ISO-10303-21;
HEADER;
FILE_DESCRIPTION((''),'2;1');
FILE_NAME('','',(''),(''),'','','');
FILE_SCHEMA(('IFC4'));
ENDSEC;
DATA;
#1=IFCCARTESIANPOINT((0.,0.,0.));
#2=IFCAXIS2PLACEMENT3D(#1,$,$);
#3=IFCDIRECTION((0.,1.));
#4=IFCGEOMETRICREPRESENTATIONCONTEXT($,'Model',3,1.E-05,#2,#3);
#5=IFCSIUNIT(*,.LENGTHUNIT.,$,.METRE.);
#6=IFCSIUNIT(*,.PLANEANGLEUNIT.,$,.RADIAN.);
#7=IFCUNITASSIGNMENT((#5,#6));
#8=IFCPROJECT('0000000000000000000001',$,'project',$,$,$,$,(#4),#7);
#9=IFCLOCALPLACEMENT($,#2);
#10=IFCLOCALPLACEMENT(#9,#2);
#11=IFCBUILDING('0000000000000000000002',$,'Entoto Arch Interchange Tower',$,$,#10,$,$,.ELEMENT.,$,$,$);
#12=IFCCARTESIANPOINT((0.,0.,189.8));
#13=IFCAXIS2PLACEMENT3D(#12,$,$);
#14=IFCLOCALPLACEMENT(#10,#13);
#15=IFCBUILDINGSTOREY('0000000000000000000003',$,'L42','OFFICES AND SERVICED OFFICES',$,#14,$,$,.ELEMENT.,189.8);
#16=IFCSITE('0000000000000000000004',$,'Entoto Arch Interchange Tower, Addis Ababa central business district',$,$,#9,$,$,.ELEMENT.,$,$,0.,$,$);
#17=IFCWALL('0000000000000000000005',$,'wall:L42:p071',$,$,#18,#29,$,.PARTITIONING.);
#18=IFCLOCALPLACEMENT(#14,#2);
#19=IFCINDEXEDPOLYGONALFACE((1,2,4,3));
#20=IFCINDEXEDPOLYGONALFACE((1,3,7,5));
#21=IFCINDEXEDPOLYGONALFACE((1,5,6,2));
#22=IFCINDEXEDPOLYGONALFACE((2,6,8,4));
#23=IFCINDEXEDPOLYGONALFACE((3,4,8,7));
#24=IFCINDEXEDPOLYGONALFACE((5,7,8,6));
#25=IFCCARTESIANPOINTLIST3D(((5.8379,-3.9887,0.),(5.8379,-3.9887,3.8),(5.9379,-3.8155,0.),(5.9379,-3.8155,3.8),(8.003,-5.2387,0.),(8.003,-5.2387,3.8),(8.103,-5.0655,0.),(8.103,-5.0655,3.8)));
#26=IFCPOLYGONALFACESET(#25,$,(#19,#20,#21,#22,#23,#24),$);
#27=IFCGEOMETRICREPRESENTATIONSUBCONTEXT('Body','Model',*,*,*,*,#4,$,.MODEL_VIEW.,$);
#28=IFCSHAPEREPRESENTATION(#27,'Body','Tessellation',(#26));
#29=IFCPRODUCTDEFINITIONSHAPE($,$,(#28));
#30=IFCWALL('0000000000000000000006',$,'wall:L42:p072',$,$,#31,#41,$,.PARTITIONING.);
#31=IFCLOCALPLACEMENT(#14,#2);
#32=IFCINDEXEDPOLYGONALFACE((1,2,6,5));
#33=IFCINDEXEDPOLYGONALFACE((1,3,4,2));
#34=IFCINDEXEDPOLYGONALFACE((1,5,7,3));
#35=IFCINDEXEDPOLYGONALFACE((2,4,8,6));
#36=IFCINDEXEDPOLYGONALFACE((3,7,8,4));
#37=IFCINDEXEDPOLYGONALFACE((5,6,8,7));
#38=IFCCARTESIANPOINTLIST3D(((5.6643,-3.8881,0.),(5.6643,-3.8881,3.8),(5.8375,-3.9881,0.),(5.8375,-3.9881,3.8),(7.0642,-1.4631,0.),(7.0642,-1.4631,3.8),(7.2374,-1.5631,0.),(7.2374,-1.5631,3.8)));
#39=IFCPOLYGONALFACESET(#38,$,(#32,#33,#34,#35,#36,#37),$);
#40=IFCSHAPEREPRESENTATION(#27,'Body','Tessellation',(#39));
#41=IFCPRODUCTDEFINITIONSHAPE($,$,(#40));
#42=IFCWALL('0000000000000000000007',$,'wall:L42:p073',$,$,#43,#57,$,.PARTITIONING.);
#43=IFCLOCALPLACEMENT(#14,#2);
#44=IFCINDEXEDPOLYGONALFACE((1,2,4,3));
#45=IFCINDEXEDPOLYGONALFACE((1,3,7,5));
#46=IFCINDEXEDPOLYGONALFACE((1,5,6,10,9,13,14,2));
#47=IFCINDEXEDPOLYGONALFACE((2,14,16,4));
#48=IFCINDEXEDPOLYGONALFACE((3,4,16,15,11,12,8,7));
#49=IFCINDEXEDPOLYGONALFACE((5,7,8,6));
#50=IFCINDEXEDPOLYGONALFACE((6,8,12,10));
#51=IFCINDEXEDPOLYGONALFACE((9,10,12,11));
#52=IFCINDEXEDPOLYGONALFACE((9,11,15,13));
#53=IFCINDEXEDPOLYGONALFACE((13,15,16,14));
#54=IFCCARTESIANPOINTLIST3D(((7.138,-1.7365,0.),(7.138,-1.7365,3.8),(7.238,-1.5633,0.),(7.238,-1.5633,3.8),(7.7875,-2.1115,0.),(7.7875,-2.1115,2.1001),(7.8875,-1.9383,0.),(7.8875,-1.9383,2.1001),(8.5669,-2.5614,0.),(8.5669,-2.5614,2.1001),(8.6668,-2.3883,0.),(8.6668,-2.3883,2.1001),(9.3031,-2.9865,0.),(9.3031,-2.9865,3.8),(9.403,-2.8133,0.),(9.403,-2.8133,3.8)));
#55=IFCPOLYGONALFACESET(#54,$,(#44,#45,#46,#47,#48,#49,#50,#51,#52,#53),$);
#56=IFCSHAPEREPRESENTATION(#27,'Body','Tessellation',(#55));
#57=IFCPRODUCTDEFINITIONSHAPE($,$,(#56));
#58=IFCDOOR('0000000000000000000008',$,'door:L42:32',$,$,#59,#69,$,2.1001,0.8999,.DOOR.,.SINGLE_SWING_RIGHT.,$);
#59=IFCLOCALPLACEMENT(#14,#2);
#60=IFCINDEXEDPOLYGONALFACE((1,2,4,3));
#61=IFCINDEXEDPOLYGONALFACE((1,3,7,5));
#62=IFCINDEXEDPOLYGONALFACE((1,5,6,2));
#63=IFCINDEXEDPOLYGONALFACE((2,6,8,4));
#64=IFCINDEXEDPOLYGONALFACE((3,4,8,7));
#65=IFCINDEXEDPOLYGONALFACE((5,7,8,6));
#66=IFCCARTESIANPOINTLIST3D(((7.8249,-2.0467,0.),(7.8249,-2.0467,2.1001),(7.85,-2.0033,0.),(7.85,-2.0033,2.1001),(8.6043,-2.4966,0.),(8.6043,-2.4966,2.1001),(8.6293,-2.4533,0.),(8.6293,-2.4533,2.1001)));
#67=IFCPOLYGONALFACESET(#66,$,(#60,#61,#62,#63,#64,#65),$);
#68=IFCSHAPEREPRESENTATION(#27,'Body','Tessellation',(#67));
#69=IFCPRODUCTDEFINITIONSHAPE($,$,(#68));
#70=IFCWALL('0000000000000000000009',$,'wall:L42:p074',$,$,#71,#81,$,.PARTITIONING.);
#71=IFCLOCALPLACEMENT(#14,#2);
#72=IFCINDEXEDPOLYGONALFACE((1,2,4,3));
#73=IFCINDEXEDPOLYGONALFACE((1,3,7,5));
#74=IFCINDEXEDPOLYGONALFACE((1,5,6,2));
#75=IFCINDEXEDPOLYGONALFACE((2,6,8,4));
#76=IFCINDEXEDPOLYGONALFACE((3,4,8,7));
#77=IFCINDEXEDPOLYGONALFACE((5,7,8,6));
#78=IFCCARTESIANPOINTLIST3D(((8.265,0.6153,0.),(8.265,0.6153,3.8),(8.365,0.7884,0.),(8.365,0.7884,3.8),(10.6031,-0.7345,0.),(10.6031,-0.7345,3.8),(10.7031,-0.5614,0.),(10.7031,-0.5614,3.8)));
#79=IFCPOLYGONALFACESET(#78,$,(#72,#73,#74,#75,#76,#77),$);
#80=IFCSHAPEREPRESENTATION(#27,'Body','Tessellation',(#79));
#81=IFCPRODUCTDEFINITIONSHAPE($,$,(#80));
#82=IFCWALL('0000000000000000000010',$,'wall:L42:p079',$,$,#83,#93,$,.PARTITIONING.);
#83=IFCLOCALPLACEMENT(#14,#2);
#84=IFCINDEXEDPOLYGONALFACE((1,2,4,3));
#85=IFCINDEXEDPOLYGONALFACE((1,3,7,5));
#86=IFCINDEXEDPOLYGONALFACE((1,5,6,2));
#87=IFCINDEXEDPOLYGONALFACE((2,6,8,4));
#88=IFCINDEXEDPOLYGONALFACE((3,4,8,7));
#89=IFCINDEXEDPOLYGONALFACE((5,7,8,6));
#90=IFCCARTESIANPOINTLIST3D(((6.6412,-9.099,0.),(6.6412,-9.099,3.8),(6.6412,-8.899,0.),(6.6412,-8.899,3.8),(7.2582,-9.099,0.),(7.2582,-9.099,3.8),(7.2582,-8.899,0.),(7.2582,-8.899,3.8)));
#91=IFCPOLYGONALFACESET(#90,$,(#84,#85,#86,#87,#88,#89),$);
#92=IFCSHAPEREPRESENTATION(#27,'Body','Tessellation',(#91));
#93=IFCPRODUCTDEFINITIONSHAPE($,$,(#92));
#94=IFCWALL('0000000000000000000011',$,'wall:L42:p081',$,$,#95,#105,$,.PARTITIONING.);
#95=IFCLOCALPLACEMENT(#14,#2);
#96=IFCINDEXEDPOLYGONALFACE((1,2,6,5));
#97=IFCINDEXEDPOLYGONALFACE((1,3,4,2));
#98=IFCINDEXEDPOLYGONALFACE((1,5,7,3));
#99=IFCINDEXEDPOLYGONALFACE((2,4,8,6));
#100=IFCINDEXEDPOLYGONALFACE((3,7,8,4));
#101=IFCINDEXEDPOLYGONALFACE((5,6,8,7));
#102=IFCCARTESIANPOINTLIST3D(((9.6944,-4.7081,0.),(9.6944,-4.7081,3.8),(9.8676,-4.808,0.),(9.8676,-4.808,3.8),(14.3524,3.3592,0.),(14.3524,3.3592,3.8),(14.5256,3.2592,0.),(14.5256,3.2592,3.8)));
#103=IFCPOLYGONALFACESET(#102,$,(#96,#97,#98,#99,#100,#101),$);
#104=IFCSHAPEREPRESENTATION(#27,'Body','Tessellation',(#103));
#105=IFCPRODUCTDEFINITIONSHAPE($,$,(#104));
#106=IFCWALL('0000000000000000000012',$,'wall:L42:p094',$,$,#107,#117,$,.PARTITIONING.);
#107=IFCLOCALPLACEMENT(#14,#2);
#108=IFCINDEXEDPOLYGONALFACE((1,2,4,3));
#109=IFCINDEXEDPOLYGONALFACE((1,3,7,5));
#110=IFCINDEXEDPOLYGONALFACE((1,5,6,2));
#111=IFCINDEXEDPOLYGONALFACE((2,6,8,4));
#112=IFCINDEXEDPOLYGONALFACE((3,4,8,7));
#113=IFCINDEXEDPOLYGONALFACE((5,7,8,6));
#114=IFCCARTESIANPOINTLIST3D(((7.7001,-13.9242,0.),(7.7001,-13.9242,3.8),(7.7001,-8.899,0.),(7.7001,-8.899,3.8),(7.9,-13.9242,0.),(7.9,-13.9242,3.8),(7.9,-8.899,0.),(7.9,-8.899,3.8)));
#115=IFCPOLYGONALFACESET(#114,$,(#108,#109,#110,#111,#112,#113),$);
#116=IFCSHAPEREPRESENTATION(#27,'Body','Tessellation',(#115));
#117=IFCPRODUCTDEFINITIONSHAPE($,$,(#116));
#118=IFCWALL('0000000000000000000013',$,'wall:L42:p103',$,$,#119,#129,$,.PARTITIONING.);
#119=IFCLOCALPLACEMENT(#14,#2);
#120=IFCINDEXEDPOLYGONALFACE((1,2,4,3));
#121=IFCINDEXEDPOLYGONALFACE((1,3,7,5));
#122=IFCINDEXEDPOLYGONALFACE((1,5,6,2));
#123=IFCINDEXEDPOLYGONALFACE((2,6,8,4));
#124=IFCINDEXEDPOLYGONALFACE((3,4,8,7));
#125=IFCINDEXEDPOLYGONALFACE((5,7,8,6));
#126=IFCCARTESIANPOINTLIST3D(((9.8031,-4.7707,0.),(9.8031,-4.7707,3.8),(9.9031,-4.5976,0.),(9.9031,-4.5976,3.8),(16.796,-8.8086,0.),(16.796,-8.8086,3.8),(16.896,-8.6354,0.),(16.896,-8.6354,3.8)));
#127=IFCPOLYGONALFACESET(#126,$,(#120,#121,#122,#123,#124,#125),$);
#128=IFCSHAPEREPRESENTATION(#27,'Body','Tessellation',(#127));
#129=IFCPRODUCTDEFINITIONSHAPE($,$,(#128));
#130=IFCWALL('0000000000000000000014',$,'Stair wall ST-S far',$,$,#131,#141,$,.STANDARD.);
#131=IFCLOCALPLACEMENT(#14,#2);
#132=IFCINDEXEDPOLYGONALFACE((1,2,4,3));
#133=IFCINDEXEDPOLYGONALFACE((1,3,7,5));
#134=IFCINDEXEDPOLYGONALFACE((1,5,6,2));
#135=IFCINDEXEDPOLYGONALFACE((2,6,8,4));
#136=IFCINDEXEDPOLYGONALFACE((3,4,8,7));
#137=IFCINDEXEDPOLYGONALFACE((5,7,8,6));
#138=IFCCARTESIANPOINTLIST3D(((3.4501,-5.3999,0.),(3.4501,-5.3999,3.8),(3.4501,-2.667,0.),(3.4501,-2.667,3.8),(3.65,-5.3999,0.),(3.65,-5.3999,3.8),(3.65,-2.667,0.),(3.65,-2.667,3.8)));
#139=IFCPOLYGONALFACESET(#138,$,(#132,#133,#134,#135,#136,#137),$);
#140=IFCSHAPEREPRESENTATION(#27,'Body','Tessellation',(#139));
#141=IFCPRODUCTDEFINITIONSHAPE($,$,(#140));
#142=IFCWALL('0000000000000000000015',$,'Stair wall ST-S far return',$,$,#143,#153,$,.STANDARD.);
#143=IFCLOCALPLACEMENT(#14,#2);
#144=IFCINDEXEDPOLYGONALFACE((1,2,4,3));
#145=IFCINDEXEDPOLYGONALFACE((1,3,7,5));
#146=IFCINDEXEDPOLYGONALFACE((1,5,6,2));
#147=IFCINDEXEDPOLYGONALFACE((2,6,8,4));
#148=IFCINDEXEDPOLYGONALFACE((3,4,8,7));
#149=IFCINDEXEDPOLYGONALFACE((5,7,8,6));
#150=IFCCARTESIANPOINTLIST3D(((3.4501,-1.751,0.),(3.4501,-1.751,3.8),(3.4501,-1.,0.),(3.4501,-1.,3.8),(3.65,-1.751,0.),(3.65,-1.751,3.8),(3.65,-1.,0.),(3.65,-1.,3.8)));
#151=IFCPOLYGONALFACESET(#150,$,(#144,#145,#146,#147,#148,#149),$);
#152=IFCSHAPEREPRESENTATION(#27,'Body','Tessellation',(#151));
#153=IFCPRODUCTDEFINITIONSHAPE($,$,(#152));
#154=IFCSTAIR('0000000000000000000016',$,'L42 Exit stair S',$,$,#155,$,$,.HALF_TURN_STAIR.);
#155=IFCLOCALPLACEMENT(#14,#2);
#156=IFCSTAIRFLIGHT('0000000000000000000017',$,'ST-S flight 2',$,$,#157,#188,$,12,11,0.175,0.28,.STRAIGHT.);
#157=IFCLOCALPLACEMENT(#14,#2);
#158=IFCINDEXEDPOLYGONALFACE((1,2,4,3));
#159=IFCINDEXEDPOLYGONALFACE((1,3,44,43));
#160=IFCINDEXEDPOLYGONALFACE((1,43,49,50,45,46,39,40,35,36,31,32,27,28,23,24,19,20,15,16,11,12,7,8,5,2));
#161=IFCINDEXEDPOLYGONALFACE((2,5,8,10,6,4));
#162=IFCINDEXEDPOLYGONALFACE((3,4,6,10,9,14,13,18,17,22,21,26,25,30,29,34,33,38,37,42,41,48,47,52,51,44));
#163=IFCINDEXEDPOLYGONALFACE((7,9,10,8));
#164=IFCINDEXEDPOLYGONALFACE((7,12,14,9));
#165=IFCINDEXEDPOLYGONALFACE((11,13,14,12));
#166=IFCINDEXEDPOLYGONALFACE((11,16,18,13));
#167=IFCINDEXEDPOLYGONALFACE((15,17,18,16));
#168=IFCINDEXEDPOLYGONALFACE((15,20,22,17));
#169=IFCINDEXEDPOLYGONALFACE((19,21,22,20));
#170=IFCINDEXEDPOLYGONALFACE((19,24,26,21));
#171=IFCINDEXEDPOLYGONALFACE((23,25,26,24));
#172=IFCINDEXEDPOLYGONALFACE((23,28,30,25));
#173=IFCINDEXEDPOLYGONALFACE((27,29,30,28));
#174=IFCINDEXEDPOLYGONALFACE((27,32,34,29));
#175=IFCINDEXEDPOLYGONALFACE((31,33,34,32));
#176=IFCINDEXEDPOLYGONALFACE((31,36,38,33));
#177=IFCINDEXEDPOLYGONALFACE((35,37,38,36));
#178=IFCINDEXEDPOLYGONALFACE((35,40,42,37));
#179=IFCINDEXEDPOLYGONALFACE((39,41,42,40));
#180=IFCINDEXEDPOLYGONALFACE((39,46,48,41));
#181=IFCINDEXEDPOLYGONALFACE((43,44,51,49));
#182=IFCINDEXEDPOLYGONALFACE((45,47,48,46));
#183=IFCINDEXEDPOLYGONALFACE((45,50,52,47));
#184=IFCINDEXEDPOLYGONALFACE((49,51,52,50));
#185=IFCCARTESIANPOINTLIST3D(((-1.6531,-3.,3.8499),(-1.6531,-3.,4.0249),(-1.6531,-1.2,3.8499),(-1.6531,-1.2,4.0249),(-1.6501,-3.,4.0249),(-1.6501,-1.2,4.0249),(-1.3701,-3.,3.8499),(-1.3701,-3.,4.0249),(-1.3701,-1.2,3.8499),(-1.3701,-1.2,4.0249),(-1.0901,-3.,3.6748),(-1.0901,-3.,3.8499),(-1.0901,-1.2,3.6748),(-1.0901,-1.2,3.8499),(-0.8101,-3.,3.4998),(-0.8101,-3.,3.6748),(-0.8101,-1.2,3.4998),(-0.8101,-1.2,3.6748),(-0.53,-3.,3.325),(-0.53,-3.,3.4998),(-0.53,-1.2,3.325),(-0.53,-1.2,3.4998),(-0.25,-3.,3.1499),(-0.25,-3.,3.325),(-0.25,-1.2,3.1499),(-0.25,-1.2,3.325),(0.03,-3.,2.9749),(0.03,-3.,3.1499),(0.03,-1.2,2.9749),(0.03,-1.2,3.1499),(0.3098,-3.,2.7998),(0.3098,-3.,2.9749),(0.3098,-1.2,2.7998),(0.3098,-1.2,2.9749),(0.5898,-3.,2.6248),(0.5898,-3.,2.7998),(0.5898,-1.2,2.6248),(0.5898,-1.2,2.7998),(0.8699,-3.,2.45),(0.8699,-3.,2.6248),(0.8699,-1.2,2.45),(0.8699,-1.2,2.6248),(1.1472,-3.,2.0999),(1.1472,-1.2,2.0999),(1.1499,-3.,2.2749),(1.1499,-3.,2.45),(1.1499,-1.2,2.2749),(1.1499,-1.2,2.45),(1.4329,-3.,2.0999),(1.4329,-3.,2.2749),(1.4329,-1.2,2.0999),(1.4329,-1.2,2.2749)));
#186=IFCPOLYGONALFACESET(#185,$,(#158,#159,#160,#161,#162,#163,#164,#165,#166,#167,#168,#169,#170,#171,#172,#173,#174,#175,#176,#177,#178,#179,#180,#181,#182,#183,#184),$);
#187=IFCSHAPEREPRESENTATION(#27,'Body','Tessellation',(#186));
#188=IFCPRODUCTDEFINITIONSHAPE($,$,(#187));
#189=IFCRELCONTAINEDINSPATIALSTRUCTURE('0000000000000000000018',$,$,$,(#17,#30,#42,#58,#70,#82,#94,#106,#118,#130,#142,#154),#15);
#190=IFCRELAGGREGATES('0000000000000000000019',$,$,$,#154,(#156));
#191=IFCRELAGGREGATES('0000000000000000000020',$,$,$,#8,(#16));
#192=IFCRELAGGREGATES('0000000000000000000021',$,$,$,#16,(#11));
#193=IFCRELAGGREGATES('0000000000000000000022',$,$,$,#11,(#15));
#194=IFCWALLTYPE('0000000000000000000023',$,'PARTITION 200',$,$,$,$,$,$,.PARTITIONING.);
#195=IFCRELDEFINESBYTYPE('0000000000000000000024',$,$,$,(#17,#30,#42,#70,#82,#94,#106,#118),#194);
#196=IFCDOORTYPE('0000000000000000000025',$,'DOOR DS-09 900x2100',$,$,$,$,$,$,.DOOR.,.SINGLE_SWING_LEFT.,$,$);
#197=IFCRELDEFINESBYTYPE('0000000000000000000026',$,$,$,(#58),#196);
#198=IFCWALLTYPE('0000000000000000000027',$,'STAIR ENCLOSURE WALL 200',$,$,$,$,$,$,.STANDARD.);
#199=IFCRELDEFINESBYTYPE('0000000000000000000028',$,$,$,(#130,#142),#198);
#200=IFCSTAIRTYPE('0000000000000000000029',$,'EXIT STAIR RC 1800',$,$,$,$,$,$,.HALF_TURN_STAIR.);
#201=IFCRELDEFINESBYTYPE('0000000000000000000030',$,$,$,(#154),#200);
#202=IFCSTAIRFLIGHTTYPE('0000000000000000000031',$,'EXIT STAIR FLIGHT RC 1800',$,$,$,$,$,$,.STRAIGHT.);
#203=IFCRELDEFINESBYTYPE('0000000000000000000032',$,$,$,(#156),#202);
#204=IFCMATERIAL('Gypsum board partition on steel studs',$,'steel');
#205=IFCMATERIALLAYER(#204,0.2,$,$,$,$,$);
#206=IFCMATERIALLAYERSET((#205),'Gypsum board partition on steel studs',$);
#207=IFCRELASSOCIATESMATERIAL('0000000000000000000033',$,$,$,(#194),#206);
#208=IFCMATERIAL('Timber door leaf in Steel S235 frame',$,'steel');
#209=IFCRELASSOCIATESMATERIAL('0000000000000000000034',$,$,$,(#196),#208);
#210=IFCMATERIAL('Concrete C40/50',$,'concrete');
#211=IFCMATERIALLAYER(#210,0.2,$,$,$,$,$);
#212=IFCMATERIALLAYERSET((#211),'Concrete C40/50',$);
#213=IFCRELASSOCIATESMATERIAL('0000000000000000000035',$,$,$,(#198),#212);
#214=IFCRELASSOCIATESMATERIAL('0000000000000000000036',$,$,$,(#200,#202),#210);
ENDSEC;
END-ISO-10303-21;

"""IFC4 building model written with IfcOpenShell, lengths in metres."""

from ifc_helpers import new_model, si_unit, direction, frame, frame_2d, origin, place, context, subcontext, project, spatial, polyline, rectangle, outline, extrude, material, layer, layer_set, type_object, element, fill, aggregate, save


model = new_model("IFC4")

# Units and contexts
model_context = context("Model", 3, precision=1e-05, world=origin(), true_north=direction((0.0, 1.0)))
body_context = subcontext(model_context, "Body", "Model", "MODEL_VIEW")
ifc_project = project(units=[si_unit("LENGTHUNIT", "METRE"), si_unit("PLANEANGLEUNIT", "RADIAN")], contexts=[model_context])

# Site, building, storey
site_placement = place(None, origin())
site = spatial("IfcSite", under=ifc_project, at=site_placement, Name="Entoto Arch Interchange Tower, Addis Ababa central business district", CompositionType="ELEMENT", RefElevation=0.0)
building_placement = place(site_placement, origin())
building = spatial("IfcBuilding", under=site, at=building_placement, Name="Entoto Arch Interchange Tower", CompositionType="ELEMENT")
storey_placement = place(building_placement, frame((0.0, 0.0, 189.8)))
storey = spatial("IfcBuildingStorey", under=building, at=storey_placement, Name="L42", Description="OFFICES AND SERVICED OFFICES", CompositionType="ELEMENT", Elevation=189.8)

# Shared definitions
ifc_material_1 = material(Name="Concrete C40/50", Category="concrete")

# Walls
ifc_material_2 = material(Name="Gypsum board partition on steel studs", Category="steel")
ifc_layer_1 = layer(ifc_material_2, 0.2)
ifc_layer_set_1 = layer_set([ifc_layer_1], Name="Gypsum board partition on steel studs")
wall_type_1 = type_object("IfcWallType", Name="PARTITION 200", PredefinedType="PARTITIONING", material=ifc_layer_set_1)
wall_1_placement = place(storey_placement, frame((8.053, -5.1521, 0.0), z_axis=(0.0, 0.0, 1.0), x_axis=(-0.866023, 0.500004, 0.0)))
element("IfcWall", 1, at=wall_1_placement, inside=storey, type_object=wall_type_1, Name="wall:L42:p071", PredefinedType="PARTITIONING", context=body_context, shape_type="SweptSolid", body=[
    extrude(rectangle(XDim=2.5, YDim=0.2, at=frame_2d((1.25, 0.0))), origin(), (0.0, 0.0, 1.0), 3.8),
])
wall_2_placement = place(storey_placement, frame((5.751, -3.938, 0.0), z_axis=(0.0, 0.0, 1.0), x_axis=(0.499946, 0.866056, 0.0)))
element("IfcWall", 2, at=wall_2_placement, inside=storey, type_object=wall_type_1, Name="wall:L42:p072", PredefinedType="PARTITIONING", context=body_context, shape_type="SweptSolid", body=[
    extrude(rectangle(XDim=2.8, YDim=0.2, at=frame_2d((1.3999, 0.0))), origin(), (0.0, 0.0, 1.0), 3.8),
])

# Wall, opening, door
wall_3_placement = place(storey_placement, frame((7.188, -1.6499, 0.0), z_axis=(0.0, 0.0, 1.0), x_axis=(0.866023, -0.500004, 0.0)))
wall_3 = element("IfcWall", 3, at=wall_3_placement, inside=storey, type_object=wall_type_1, Name="wall:L42:p073", PredefinedType="PARTITIONING", context=body_context, shape_type="SweptSolid", body=[
    extrude(rectangle(XDim=2.5, YDim=0.2, at=frame_2d((1.25, 0.0))), origin(), (0.0, 0.0, 1.0), 3.8),
])
opening_1_placement = place(wall_3_placement, frame((0.75, 0.0, 0.0)))
opening_1 = element("IfcOpeningElement", 4, at=opening_1_placement, cuts=wall_3, PredefinedType="OPENING", context=body_context, shape_type="SweptSolid", body=[
    extrude(rectangle(XDim=0.8999, YDim=2.1001, at=frame_2d((0.45, 1.05))), frame((0.0, 0.1099, 0.0), z_axis=(0.0, -1.0, 0.0), x_axis=(1.0, 0.0, 0.0)), (0.0, 0.0, 1.0), 0.22),
])
ifc_material_3 = material(Name="Timber door leaf in Steel S235 frame", Category="steel")
door_type_1 = type_object("IfcDoorType", Name="DOOR DS-09 900x2100", OperationType="SINGLE_SWING_LEFT", PredefinedType="DOOR", material=ifc_material_3)
door_1_placement = place(opening_1_placement, origin())
door_1 = element("IfcDoor", 5, at=door_1_placement, inside=storey, type_object=door_type_1, Name="door:L42:32", OperationType="SINGLE_SWING_RIGHT", OverallHeight=2.1001, OverallWidth=0.8999, PredefinedType="DOOR", context=body_context, shape_type="SweptSolid", body=[
    extrude(rectangle(XDim=0.8999, YDim=2.1001, at=frame_2d((0.45, 1.05))), frame((0.0, 0.0249, 0.0), z_axis=(0.0, -1.0, 0.0), x_axis=(1.0, 0.0, 0.0)), (0.0, 0.0, 1.0), 0.05),
])
fill(opening_1, door_1)

# Walls
wall_4_placement = place(storey_placement, frame((10.6531, -0.6479, 0.0), z_axis=(0.0, 0.0, 1.0), x_axis=(-0.866037, 0.499981, 0.0)))
element("IfcWall", 6, at=wall_4_placement, inside=storey, type_object=wall_type_1, Name="wall:L42:p074", PredefinedType="PARTITIONING", context=body_context, shape_type="SweptSolid", body=[
    extrude(rectangle(XDim=2.6997, YDim=0.2, at=frame_2d((1.3499, 0.0))), origin(), (0.0, 0.0, 1.0), 3.8),
])
wall_5_placement = place(storey_placement, frame((6.6411, -8.999, 0.0), z_axis=(0.0, 0.0, 1.0), x_axis=(1.0, 0.0, 0.0)))
element("IfcWall", 7, at=wall_5_placement, inside=storey, type_object=wall_type_1, Name="wall:L42:p079", PredefinedType="PARTITIONING", context=body_context, shape_type="SweptSolid", body=[
    extrude(rectangle(XDim=0.6169, YDim=0.2, at=frame_2d((0.3086, 0.0))), origin(), (0.0, 0.0, 1.0), 3.8),
])
wall_6_placement = place(storey_placement, frame((9.781, -4.7581, 0.0), z_axis=(0.0, 0.0, 1.0), x_axis=(0.500032, 0.866007, 0.0)))
element("IfcWall", 8, at=wall_6_placement, inside=storey, type_object=wall_type_1, Name="wall:L42:p081", PredefinedType="PARTITIONING", context=body_context, shape_type="SweptSolid", body=[
    extrude(rectangle(XDim=9.3154, YDim=0.2, at=frame_2d((4.6577, 0.0))), origin(), (0.0, 0.0, 1.0), 3.8),
])
wall_7_placement = place(storey_placement, frame((7.8, -8.8989, 0.0), z_axis=(0.0, 0.0, 1.0), x_axis=(0.0, -1.0, 0.0)))
element("IfcWall", 9, at=wall_7_placement, inside=storey, type_object=wall_type_1, Name="wall:L42:p094", PredefinedType="PARTITIONING", context=body_context, shape_type="SweptSolid", body=[
    extrude(rectangle(XDim=5.0251, YDim=0.2, at=frame_2d((2.5127, 0.0))), origin(), (0.0, 0.0, 1.0), 3.8),
])
wall_8_placement = place(storey_placement, frame((9.853, -4.6841, 0.0), z_axis=(0.0, 0.0, 1.0), x_axis=(0.866, -0.500044, 0.0)))
element("IfcWall", 10, at=wall_8_placement, inside=storey, type_object=wall_type_1, Name="wall:L42:p103", PredefinedType="PARTITIONING", context=body_context, shape_type="SweptSolid", body=[
    extrude(rectangle(XDim=8.075, YDim=0.2, at=frame_2d((4.0376, 0.0))), origin(), (0.0, 0.0, 1.0), 3.8),
])
ifc_layer_2 = layer(ifc_material_1, 0.2)
ifc_layer_set_2 = layer_set([ifc_layer_2], Name="Concrete C40/50")
wall_type_2 = type_object("IfcWallType", Name="STAIR ENCLOSURE WALL 200", PredefinedType="STANDARD", material=ifc_layer_set_2)
wall_9_placement = place(storey_placement, frame((3.55, -2.667, 0.0), z_axis=(0.0, 0.0, 1.0), x_axis=(0.0, -1.0, 0.0)))
element("IfcWall", 11, at=wall_9_placement, inside=storey, type_object=wall_type_2, Name="Stair wall ST-S far", PredefinedType="STANDARD", context=body_context, shape_type="SweptSolid", body=[
    extrude(rectangle(XDim=2.7329, YDim=0.2, at=frame_2d((1.3665, 0.0))), origin(), (0.0, 0.0, 1.0), 3.8),
])
wall_10_placement = place(storey_placement, frame((3.55, -1.0, 0.0), z_axis=(0.0, 0.0, 1.0), x_axis=(0.0, -1.0, 0.0)))
element("IfcWall", 12, at=wall_10_placement, inside=storey, type_object=wall_type_2, Name="Stair wall ST-S far return", PredefinedType="STANDARD", context=body_context, shape_type="SweptSolid", body=[
    extrude(rectangle(XDim=0.751, YDim=0.2, at=frame_2d((0.3755, 0.0))), origin(), (0.0, 0.0, 1.0), 3.8),
])

# Stair, stair flight
stair_type = type_object("IfcStairType", Name="EXIT STAIR RC 1800", PredefinedType="HALF_TURN_STAIR", material=ifc_material_1)
stair_placement = place(storey_placement, origin())
stair = element("IfcStair", 13, at=stair_placement, inside=storey, type_object=stair_type, Name="L42 Exit stair S", PredefinedType="HALF_TURN_STAIR")
stair_flight_type = type_object("IfcStairFlightType", Name="EXIT STAIR FLIGHT RC 1800", PredefinedType="STRAIGHT", material=ifc_material_1)
stair_flight_placement = place(storey_placement, frame((1.4299, -2.1001, 2.0999), z_axis=(0.0, 0.0, 1.0), x_axis=(-1.0, 0.0, 0.0)))
stair_flight = element("IfcStairFlight", 14, at=stair_flight_placement, type_object=stair_flight_type, Name="ST-S flight 2", NumberOfRisers=12, NumberOfTreads=11, PredefinedType="STRAIGHT", RiserHeight=0.175, TreadLength=0.28, context=body_context, shape_type="SweptSolid", body=[
    extrude(outline(polyline([(-0.0029, 0.0), (-0.0029, 0.175), (0.28, 0.175), (0.28, 0.3501), (0.5601, 0.3501), (0.5601, 0.5249), (0.8401, 0.5249), (0.8401, 0.7), (1.1201, 0.7), (1.1201, 0.875), (1.3999, 0.875), (1.3999, 1.05), (1.6799, 1.05), (1.6799, 1.2251), (1.96, 1.2251), (1.96, 1.3999), (2.24, 1.3999), (2.24, 1.575), (2.52, 1.575), (2.52, 1.75), (2.8, 1.75), (2.8, 1.925), (3.0801, 1.925), (3.083, 1.925), (3.083, 1.75), (0.2827, 0.0), (-0.0029, 0.0)])), frame((0.0, 0.8999, 0.0), z_axis=(0.0, -1.0, 0.0), x_axis=(1.0, 0.0, 0.0)), (0.0, 0.0, 1.0), 1.8),
])
aggregate(stair, [stair_flight])

save(model, "model.ifc")
